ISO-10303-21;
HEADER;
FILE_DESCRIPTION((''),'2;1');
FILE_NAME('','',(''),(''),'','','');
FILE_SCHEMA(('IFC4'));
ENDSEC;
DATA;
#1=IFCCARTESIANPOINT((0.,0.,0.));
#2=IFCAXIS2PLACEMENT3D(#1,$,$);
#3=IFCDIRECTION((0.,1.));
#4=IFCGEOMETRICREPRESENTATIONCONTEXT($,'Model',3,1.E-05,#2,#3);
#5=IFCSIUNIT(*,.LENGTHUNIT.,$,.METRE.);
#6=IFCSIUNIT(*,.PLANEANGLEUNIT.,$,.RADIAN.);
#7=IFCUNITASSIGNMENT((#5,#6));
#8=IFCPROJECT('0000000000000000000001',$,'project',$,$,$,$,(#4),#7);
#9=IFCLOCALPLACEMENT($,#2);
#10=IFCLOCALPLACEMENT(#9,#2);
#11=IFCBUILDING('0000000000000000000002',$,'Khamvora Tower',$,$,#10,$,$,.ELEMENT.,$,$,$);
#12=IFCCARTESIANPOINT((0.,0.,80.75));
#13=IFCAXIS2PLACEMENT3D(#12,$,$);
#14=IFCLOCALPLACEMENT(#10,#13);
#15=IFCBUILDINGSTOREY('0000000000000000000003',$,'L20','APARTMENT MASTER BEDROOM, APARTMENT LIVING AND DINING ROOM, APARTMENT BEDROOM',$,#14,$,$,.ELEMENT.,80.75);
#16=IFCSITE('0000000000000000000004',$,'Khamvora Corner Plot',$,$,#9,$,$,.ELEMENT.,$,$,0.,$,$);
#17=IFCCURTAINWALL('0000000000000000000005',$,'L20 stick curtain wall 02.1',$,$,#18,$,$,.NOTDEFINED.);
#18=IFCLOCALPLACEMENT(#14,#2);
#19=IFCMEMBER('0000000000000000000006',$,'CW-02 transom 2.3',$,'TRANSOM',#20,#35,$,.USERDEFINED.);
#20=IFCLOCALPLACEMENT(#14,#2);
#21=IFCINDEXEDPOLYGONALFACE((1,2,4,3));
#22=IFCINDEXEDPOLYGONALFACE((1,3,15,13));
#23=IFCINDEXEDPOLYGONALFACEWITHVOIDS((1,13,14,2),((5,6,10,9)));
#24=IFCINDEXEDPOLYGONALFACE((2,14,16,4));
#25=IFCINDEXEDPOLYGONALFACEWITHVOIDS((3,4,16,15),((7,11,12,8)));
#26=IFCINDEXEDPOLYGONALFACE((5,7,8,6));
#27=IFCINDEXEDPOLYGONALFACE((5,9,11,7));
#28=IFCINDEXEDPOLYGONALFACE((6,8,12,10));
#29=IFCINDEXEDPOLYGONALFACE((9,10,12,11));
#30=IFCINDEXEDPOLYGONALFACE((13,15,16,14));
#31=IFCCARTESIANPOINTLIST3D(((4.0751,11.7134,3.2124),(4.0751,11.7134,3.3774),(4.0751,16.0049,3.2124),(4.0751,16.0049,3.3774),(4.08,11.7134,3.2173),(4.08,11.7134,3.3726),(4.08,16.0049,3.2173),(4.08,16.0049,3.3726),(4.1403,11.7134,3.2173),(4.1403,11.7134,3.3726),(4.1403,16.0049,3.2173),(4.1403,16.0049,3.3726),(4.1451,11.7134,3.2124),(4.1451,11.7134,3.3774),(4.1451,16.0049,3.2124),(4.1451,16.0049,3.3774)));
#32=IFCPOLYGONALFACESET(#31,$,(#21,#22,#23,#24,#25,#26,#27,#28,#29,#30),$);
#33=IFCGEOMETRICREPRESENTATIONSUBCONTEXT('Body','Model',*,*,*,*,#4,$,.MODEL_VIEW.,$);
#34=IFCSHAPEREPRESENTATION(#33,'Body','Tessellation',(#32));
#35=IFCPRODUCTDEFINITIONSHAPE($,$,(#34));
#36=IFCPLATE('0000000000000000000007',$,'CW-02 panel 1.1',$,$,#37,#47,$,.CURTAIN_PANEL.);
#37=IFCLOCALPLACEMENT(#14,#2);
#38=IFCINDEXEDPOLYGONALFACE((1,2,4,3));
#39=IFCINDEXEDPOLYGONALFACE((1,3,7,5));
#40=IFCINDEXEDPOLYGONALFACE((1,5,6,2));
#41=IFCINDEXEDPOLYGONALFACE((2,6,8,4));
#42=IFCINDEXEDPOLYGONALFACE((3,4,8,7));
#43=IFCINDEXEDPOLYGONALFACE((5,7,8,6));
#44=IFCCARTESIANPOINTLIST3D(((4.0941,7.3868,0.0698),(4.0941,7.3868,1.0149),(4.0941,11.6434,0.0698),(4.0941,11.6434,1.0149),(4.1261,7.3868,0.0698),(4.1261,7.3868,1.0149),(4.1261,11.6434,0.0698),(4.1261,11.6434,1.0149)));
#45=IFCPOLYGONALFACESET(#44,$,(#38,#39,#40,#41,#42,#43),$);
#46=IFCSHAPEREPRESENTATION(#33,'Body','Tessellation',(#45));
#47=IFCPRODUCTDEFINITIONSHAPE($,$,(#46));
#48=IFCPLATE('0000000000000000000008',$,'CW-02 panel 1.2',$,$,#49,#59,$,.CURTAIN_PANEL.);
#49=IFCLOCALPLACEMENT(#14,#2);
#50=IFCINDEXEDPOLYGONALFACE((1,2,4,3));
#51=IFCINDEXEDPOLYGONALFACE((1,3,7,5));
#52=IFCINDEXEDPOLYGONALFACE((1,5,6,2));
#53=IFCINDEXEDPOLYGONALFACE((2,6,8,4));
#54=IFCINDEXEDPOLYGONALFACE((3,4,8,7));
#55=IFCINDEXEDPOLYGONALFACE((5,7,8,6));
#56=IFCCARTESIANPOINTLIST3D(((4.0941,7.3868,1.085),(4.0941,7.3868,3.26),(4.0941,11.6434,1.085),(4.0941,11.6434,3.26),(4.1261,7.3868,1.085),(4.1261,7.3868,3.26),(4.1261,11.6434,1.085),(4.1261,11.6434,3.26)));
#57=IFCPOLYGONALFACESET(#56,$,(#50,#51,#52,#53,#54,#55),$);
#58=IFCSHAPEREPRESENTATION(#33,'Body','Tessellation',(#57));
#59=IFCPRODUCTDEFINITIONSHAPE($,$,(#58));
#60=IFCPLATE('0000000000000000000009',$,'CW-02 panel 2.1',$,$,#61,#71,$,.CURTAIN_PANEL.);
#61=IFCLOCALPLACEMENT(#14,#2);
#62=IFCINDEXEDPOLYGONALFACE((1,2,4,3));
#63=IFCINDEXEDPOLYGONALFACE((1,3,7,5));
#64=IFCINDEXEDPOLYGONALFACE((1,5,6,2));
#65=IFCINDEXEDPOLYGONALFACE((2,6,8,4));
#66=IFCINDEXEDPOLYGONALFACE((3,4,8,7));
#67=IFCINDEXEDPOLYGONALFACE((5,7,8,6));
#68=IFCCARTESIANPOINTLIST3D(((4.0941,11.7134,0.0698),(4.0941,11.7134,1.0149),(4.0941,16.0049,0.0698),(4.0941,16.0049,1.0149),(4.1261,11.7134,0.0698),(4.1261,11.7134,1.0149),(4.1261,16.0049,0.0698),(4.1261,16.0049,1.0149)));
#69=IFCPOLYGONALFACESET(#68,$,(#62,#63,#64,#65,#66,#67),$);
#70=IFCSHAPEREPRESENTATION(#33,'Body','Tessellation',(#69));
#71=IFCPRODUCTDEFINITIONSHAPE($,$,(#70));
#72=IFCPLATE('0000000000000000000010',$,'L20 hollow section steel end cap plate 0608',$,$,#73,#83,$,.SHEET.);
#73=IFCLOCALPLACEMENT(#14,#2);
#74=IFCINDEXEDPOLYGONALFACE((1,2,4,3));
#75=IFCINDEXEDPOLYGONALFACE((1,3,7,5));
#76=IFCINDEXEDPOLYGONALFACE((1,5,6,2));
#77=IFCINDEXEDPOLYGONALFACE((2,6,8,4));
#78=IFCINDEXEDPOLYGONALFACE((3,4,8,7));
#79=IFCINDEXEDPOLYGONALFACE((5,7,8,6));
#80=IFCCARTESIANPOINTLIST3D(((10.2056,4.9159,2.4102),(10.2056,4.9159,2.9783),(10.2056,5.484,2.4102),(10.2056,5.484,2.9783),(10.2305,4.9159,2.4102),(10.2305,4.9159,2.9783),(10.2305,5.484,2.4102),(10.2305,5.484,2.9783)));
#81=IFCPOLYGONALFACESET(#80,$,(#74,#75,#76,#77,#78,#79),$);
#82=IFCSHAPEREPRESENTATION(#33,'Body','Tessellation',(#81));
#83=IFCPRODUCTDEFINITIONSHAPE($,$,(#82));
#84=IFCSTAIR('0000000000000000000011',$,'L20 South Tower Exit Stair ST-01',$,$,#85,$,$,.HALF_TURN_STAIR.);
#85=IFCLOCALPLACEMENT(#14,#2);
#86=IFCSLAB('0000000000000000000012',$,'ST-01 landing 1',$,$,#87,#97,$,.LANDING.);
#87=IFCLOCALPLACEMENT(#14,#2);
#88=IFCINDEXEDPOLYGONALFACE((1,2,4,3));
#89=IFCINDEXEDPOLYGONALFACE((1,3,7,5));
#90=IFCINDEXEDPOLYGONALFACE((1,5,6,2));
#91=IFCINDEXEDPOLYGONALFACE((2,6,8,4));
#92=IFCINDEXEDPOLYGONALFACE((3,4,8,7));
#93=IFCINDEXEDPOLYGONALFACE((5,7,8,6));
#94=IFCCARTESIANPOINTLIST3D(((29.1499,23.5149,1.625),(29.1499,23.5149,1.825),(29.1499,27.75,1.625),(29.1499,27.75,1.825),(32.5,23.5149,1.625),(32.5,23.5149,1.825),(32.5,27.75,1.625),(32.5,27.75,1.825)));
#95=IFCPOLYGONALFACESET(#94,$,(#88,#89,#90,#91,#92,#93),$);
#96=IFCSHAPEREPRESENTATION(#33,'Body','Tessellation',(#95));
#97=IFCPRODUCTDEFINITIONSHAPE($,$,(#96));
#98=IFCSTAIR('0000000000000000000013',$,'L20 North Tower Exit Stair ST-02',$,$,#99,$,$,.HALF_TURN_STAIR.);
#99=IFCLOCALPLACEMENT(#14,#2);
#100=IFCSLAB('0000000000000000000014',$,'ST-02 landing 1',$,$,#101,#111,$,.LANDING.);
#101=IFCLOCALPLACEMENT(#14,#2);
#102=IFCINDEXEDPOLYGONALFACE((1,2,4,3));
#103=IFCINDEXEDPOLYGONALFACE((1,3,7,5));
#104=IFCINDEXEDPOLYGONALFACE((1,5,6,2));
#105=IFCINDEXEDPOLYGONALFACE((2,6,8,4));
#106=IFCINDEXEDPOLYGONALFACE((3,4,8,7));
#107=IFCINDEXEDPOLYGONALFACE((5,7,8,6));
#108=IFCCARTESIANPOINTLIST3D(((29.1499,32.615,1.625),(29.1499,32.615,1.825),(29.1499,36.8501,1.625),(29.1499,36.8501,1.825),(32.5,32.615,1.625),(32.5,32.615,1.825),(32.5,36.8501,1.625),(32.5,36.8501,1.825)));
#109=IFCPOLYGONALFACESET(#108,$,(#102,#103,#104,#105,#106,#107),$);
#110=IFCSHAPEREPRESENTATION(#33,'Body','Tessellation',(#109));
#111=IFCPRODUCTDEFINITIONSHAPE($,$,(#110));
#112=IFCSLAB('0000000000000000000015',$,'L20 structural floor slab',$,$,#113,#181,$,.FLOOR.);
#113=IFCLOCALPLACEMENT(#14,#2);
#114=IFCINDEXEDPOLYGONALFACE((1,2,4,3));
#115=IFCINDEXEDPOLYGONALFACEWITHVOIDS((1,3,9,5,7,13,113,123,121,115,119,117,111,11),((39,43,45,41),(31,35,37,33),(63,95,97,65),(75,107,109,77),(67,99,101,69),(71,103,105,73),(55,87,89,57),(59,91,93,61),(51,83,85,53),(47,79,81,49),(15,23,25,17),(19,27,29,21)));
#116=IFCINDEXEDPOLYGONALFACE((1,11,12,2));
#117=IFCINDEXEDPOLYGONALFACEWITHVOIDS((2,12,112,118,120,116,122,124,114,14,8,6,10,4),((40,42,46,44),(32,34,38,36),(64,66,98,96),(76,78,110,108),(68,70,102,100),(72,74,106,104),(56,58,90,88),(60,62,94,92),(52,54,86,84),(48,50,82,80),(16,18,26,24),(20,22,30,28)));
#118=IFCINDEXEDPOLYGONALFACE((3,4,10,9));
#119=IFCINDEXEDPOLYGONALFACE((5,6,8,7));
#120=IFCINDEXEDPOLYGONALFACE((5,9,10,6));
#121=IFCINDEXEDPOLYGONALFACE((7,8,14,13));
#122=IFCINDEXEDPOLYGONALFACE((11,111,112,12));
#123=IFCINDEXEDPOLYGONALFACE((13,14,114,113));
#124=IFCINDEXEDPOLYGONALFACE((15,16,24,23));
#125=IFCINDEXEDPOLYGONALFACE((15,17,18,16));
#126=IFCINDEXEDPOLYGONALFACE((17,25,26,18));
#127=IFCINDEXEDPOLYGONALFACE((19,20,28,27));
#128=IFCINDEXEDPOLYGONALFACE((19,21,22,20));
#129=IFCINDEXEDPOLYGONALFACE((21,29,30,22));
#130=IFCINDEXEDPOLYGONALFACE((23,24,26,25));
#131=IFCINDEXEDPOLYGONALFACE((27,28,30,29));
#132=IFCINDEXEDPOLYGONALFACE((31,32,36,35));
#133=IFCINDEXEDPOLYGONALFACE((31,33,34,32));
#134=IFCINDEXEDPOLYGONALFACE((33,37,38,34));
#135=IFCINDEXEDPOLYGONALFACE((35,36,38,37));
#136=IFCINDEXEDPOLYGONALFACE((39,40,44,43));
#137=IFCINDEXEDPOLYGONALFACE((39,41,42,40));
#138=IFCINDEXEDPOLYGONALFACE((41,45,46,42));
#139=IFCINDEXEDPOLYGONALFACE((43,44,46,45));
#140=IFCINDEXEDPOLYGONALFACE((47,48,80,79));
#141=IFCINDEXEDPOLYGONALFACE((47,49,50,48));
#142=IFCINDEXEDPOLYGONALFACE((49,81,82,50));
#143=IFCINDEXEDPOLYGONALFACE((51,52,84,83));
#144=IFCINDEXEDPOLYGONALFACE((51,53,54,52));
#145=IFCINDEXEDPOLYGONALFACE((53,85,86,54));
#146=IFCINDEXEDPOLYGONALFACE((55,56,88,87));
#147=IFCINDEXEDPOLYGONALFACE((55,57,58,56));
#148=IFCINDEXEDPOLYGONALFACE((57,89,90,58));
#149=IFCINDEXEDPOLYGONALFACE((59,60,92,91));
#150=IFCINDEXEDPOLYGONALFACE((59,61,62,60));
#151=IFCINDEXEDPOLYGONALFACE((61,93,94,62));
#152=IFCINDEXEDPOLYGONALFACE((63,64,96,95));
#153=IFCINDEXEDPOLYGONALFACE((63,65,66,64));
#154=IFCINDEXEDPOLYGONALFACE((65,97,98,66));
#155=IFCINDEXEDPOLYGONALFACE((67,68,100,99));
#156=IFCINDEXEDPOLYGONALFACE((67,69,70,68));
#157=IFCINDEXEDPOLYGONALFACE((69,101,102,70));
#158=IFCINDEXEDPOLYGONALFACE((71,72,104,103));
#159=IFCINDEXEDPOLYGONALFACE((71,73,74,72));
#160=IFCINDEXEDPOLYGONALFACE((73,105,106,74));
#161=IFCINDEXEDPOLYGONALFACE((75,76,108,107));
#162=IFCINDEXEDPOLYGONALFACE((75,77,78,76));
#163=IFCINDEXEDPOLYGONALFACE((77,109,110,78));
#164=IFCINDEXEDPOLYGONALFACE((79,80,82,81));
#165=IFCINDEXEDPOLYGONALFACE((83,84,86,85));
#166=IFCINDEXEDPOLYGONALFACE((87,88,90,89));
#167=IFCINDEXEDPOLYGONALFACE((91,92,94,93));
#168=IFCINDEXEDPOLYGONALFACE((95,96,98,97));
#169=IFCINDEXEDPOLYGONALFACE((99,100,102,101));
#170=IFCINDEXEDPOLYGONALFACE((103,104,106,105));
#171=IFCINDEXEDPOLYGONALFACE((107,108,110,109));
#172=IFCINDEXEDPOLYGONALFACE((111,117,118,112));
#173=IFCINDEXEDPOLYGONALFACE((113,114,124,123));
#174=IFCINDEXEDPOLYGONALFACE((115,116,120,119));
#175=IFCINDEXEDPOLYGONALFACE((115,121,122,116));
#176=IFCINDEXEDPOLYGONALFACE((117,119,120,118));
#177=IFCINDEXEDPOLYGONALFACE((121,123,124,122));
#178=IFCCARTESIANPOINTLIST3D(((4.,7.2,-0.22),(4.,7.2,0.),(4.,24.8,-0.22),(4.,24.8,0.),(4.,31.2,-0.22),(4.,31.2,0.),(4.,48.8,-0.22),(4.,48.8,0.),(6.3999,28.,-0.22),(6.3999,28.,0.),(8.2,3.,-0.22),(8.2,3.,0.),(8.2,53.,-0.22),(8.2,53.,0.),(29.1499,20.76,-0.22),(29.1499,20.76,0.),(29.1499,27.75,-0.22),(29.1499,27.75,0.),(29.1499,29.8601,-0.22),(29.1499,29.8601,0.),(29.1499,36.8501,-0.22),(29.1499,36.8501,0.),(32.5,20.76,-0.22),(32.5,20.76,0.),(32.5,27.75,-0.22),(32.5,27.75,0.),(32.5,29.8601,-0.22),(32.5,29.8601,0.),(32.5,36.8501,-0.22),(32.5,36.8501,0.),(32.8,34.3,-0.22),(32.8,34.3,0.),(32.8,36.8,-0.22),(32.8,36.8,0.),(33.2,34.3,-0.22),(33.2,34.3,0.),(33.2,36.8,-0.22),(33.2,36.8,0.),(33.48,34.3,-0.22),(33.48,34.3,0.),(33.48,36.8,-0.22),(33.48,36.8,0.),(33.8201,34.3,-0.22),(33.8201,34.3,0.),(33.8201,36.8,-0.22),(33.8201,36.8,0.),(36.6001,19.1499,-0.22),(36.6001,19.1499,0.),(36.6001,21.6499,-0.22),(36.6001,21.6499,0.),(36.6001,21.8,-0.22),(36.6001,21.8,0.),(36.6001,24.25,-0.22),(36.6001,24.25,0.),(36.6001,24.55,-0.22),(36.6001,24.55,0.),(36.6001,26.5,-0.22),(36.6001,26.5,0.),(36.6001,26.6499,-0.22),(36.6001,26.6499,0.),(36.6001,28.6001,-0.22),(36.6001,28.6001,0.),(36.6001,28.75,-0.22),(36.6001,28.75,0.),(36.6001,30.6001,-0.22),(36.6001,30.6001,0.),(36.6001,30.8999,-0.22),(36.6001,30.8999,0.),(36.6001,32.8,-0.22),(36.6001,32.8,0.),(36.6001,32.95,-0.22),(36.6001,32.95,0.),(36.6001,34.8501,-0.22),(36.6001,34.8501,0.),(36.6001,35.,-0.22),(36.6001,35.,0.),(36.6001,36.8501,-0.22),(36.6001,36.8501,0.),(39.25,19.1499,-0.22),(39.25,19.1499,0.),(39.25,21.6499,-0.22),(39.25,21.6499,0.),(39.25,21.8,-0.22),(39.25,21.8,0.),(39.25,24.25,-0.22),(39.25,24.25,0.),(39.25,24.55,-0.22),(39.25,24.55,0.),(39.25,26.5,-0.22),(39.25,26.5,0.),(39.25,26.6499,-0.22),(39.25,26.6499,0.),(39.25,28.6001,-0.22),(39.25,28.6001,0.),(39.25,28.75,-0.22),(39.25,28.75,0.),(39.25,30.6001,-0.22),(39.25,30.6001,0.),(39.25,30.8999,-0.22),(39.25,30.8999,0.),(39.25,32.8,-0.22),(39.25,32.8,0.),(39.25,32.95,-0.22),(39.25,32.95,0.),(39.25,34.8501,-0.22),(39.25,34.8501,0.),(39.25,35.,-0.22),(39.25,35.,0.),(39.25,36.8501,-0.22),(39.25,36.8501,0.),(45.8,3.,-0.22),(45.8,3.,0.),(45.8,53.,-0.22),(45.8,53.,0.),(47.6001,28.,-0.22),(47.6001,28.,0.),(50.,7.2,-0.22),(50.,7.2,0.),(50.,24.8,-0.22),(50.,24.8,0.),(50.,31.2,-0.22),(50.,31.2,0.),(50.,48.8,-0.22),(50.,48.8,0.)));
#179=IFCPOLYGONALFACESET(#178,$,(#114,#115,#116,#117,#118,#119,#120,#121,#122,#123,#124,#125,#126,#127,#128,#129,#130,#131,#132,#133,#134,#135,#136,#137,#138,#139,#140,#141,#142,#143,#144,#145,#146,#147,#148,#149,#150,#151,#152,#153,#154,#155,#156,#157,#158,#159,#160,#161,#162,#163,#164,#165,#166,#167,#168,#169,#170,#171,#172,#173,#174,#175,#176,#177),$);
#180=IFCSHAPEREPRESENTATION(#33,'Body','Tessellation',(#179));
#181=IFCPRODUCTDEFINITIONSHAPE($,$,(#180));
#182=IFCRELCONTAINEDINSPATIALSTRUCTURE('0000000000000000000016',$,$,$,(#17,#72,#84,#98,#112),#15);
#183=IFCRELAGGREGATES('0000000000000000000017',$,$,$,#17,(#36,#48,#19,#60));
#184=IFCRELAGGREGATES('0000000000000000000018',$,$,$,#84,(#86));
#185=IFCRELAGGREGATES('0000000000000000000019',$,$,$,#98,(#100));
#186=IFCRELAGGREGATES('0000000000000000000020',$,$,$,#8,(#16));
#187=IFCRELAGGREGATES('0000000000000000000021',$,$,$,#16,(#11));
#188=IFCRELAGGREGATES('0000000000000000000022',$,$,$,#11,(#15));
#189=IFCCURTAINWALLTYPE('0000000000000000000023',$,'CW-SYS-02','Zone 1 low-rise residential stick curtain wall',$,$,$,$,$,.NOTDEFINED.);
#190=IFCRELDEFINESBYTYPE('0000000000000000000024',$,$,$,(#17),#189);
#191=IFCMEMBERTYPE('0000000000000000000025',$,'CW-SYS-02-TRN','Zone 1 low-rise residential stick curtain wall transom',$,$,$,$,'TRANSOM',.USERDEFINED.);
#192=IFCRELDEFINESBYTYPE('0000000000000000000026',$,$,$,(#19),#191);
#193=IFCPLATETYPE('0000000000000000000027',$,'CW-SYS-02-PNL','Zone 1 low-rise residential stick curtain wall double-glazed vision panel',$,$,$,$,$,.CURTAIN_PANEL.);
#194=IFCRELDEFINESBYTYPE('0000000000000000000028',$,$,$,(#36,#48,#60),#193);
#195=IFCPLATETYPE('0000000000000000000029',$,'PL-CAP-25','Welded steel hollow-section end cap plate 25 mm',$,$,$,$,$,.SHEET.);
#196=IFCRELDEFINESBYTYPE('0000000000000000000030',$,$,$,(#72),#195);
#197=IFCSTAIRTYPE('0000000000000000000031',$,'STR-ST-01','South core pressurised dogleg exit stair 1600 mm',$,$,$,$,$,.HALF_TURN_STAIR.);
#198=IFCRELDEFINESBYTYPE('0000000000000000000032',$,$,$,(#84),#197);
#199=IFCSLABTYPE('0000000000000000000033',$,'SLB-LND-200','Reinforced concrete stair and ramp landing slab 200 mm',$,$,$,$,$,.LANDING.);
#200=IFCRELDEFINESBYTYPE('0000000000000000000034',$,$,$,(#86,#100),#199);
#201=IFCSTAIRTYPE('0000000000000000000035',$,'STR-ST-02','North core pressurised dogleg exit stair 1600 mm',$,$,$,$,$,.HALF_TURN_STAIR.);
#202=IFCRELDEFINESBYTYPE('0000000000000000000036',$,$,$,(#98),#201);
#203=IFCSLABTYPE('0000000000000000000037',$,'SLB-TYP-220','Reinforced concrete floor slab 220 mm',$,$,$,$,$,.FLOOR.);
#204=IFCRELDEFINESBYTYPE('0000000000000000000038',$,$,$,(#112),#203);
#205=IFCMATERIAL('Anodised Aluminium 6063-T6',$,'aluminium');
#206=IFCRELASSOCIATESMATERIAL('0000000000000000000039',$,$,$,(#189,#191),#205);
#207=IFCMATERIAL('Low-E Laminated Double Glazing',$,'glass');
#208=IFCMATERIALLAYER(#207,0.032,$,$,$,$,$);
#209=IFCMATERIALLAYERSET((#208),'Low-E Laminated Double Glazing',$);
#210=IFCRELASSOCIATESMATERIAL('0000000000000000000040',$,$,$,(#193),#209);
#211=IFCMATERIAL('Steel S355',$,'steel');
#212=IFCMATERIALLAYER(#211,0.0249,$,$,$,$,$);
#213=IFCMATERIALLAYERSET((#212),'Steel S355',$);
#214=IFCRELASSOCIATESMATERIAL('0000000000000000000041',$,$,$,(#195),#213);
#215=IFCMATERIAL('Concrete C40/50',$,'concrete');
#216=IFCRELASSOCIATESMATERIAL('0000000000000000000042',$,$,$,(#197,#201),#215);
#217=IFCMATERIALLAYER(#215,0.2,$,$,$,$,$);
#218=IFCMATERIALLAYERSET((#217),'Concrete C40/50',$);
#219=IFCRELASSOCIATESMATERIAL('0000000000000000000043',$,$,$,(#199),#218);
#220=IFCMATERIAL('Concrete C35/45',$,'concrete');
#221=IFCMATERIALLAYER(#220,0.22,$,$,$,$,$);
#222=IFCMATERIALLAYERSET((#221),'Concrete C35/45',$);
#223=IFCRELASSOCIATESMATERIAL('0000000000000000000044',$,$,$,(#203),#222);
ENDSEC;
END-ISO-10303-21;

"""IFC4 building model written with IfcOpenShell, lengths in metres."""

from ifc_helpers import new_model, si_unit, direction, frame, origin, origin_2d, place, context, subcontext, project, spatial, polyline, rectangle, hollow_rectangle, outline, extrude, material, layer, layer_set, material_profile, profile_set, type_object, element, aggregate, save


model = new_model("IFC4")

# Units and contexts
model_context = context("Model", 3, precision=1e-05, world=origin(), true_north=direction((0.0, 1.0)))
body_context = subcontext(model_context, "Body", "Model", "MODEL_VIEW")
ifc_project = project(units=[si_unit("LENGTHUNIT", "METRE"), si_unit("PLANEANGLEUNIT", "RADIAN")], contexts=[model_context])

# Site, building, storey
site_placement = place(None, origin())
site = spatial("IfcSite", under=ifc_project, at=site_placement, Name="Khamvora Corner Plot", CompositionType="ELEMENT", RefElevation=0.0)
building_placement = place(site_placement, origin())
building = spatial("IfcBuilding", under=site, at=building_placement, Name="Khamvora Tower", CompositionType="ELEMENT")
storey_placement = place(building_placement, frame((0.0, 0.0, 80.75)))
storey = spatial("IfcBuildingStorey", under=building, at=storey_placement, Name="L20", Description="APARTMENT MASTER BEDROOM, APARTMENT LIVING AND DINING ROOM, APARTMENT BEDROOM", CompositionType="ELEMENT", Elevation=80.75)

# Shared definitions
ifc_material_1 = material(Name="Steel S355", Category="steel")

# Curtain wall, member, plates
ifc_material_2 = material(Name="Anodised Aluminium 6063-T6", Category="aluminium")
curtain_wall_type = type_object("IfcCurtainWallType", Name="CW-SYS-02", Description="Zone 1 low-rise residential stick curtain wall", PredefinedType="NOTDEFINED", material=ifc_material_2)
curtain_wall_placement = place(storey_placement, origin())
curtain_wall = element("IfcCurtainWall", 1, at=curtain_wall_placement, inside=storey, type_object=curtain_wall_type, Name="L20 stick curtain wall 02.1", PredefinedType="NOTDEFINED")
ifc_material_profile_1 = material_profile(ifc_material_2, hollow_rectangle(XDim=0.0701, YDim=0.165, WallThickness=0.0049, at=origin_2d()), Name="TRN70x165x5")
ifc_profile_set_1 = profile_set([ifc_material_profile_1], Name="Anodised Aluminium 6063-T6")
member_type_1 = type_object("IfcMemberType", Name="CW-SYS-02-TRN", Description="Zone 1 low-rise residential stick curtain wall transom", ElementType="TRANSOM", PredefinedType="USERDEFINED", material=ifc_profile_set_1)
member_1_placement = place(storey_placement, frame((4.1101, 11.7134, 3.2949), z_axis=(0.0, 1.0, 0.0), x_axis=(-1.0, 0.0, 0.0)))
member_1 = element("IfcMember", 2, at=member_1_placement, type_object=member_type_1, Name="CW-02 transom 2.3", ObjectType="TRANSOM", PredefinedType="USERDEFINED", context=body_context, shape_type="SweptSolid", body=[
    extrude(hollow_rectangle(XDim=0.0701, YDim=0.165, WallThickness=0.0049, at=origin_2d()), origin(), (0.0, 0.0, 1.0), 4.2915),
])
ifc_material_3 = material(Name="Low-E Laminated Double Glazing", Category="glass")
ifc_layer_1 = layer(ifc_material_3, 0.032)
ifc_layer_set_1 = layer_set([ifc_layer_1], Name="Low-E Laminated Double Glazing")
plate_type_1 = type_object("IfcPlateType", Name="CW-SYS-02-PNL", Description="Zone 1 low-rise residential stick curtain wall double-glazed vision panel", PredefinedType="CURTAIN_PANEL", material=ifc_layer_set_1)
plate_1_placement = place(storey_placement, frame((4.1101, 9.5151, 0.0698), z_axis=(0.0, 0.0, 1.0), x_axis=(0.0, 1.0, 0.0)))
plate_1 = element("IfcPlate", 3, at=plate_1_placement, type_object=plate_type_1, Name="CW-02 panel 1.1", PredefinedType="CURTAIN_PANEL", context=body_context, shape_type="SweptSolid", body=[
    extrude(rectangle(XDim=4.2566, YDim=0.032, at=origin_2d()), origin(), (0.0, 0.0, 1.0), 0.9451),
])
plate_2_placement = place(storey_placement, frame((4.1101, 9.5151, 1.085), z_axis=(0.0, 0.0, 1.0), x_axis=(0.0, 1.0, 0.0)))
plate_2 = element("IfcPlate", 4, at=plate_2_placement, type_object=plate_type_1, Name="CW-02 panel 1.2", PredefinedType="CURTAIN_PANEL", context=body_context, shape_type="SweptSolid", body=[
    extrude(rectangle(XDim=4.2566, YDim=0.032, at=origin_2d()), origin(), (0.0, 0.0, 1.0), 2.175),
])
plate_3_placement = place(storey_placement, frame((4.1101, 13.8591, 0.0698), z_axis=(0.0, 0.0, 1.0), x_axis=(0.0, 1.0, 0.0)))
plate_3 = element("IfcPlate", 5, at=plate_3_placement, type_object=plate_type_1, Name="CW-02 panel 2.1", PredefinedType="CURTAIN_PANEL", context=body_context, shape_type="SweptSolid", body=[
    extrude(rectangle(XDim=4.2915, YDim=0.032, at=origin_2d()), origin(), (0.0, 0.0, 1.0), 0.9451),
])
aggregate(curtain_wall, [plate_1, plate_2, member_1, plate_3])

# Plate
ifc_layer_2 = layer(ifc_material_1, 0.0249)
ifc_layer_set_2 = layer_set([ifc_layer_2], Name="Steel S355")
plate_type_2 = type_object("IfcPlateType", Name="PL-CAP-25", Description="Welded steel hollow-section end cap plate 25 mm", PredefinedType="SHEET", material=ifc_layer_set_2)
plate_4_placement = place(storey_placement, frame((10.218, 5.2, 2.4102), z_axis=(0.0, 0.0, 1.0), x_axis=(1.0, 0.0, 0.0)))
element("IfcPlate", 6, at=plate_4_placement, inside=storey, type_object=plate_type_2, Name="L20 hollow section steel end cap plate 0608", PredefinedType="SHEET", context=body_context, shape_type="SweptSolid", body=[
    extrude(rectangle(XDim=0.0249, YDim=0.5681, at=origin_2d()), origin(), (0.0, 0.0, 1.0), 0.5681),
])

# Stairs, slabs
ifc_material_4 = material(Name="Concrete C40/50", Category="concrete")
stair_type_1 = type_object("IfcStairType", Name="STR-ST-01", Description="South core pressurised dogleg exit stair 1600 mm", PredefinedType="HALF_TURN_STAIR", material=ifc_material_4)
stair_1_placement = place(storey_placement, origin())
stair_1 = element("IfcStair", 7, at=stair_1_placement, inside=storey, type_object=stair_type_1, Name="L20 South Tower Exit Stair ST-01", PredefinedType="HALF_TURN_STAIR")
ifc_layer_3 = layer(ifc_material_4, 0.2)
ifc_layer_set_3 = layer_set([ifc_layer_3], Name="Concrete C40/50")
slab_type_1 = type_object("IfcSlabType", Name="SLB-LND-200", Description="Reinforced concrete stair and ramp landing slab 200 mm", PredefinedType="LANDING", material=ifc_layer_set_3)
slab_1_placement = place(storey_placement, frame((0.0, 0.0, 1.625)))
slab_1 = element("IfcSlab", 8, at=slab_1_placement, type_object=slab_type_1, Name="ST-01 landing 1", PredefinedType="LANDING", context=body_context, shape_type="SweptSolid", body=[
    extrude(outline(polyline([(32.5, 23.5149), (32.5, 27.75), (29.1499, 27.75), (29.1499, 23.5149), (32.5, 23.5149)])), origin(), (0.0, 0.0, 1.0), 0.2),
])
aggregate(stair_1, [slab_1])
stair_type_2 = type_object("IfcStairType", Name="STR-ST-02", Description="North core pressurised dogleg exit stair 1600 mm", PredefinedType="HALF_TURN_STAIR", material=ifc_material_4)
stair_2_placement = place(storey_placement, origin())
stair_2 = element("IfcStair", 9, at=stair_2_placement, inside=storey, type_object=stair_type_2, Name="L20 North Tower Exit Stair ST-02", PredefinedType="HALF_TURN_STAIR")
slab_2_placement = place(storey_placement, frame((0.0, 0.0, 1.625)))
slab_2 = element("IfcSlab", 10, at=slab_2_placement, type_object=slab_type_1, Name="ST-02 landing 1", PredefinedType="LANDING", context=body_context, shape_type="SweptSolid", body=[
    extrude(outline(polyline([(32.5, 32.615), (32.5, 36.8501), (29.1499, 36.8501), (29.1499, 32.615), (32.5, 32.615)])), origin(), (0.0, 0.0, 1.0), 0.2),
])
aggregate(stair_2, [slab_2])

# Slab
ifc_material_5 = material(Name="Concrete C35/45", Category="concrete")
ifc_layer_4 = layer(ifc_material_5, 0.22)
ifc_layer_set_4 = layer_set([ifc_layer_4], Name="Concrete C35/45")
slab_type_2 = type_object("IfcSlabType", Name="SLB-TYP-220", Description="Reinforced concrete floor slab 220 mm", PredefinedType="FLOOR", material=ifc_layer_set_4)
slab_3_placement = place(storey_placement, frame((0.0, 0.0, -0.22)))
element("IfcSlab", 11, at=slab_3_placement, inside=storey, type_object=slab_type_2, Name="L20 structural floor slab", PredefinedType="FLOOR", context=body_context, shape_type="SweptSolid", body=[
    extrude(outline(polyline([(8.2, 3.0), (45.8, 3.0), (50.0, 7.2), (50.0, 24.8), (47.6001, 28.0), (50.0, 31.2), (50.0, 48.8), (45.8, 53.0), (8.2, 53.0), (4.0, 48.8), (4.0, 31.2), (6.3999, 28.0), (4.0, 24.8), (4.0, 7.2), (8.2, 3.0)]), holes=[polyline([(32.5, 20.76), (32.5, 27.75), (29.1499, 27.75), (29.1499, 20.76), (32.5, 20.76)]), polyline([(32.5, 29.8601), (32.5, 36.8501), (29.1499, 36.8501), (29.1499, 29.8601), (32.5, 29.8601)]), polyline([(36.6001, 19.1499), (39.25, 19.1499), (39.25, 21.6499), (36.6001, 21.6499), (36.6001, 19.1499)]), polyline([(36.6001, 21.8), (39.25, 21.8), (39.25, 24.25), (36.6001, 24.25), (36.6001, 21.8)]), polyline([(36.6001, 24.55), (39.25, 24.55), (39.25, 26.5), (36.6001, 26.5), (36.6001, 24.55)]), polyline([(36.6001, 26.6499), (39.25, 26.6499), (39.25, 28.6001), (36.6001, 28.6001), (36.6001, 26.6499)]), polyline([(36.6001, 28.75), (39.25, 28.75), (39.25, 30.6001), (36.6001, 30.6001), (36.6001, 28.75)]), polyline([(36.6001, 30.8999), (39.25, 30.8999), (39.25, 32.8), (36.6001, 32.8), (36.6001, 30.8999)]), polyline([(36.6001, 32.95), (39.25, 32.95), (39.25, 34.8501), (36.6001, 34.8501), (36.6001, 32.95)]), polyline([(36.6001, 35.0), (39.25, 35.0), (39.25, 36.8501), (36.6001, 36.8501), (36.6001, 35.0)]), polyline([(32.8, 34.3), (33.2, 34.3), (33.2, 36.8), (32.8, 36.8), (32.8, 34.3)]), polyline([(33.48, 34.3), (33.8201, 34.3), (33.8201, 36.8), (33.48, 36.8), (33.48, 34.3)])]), origin(), (0.0, 0.0, 1.0), 0.22),
])

save(model, "model.ifc")
